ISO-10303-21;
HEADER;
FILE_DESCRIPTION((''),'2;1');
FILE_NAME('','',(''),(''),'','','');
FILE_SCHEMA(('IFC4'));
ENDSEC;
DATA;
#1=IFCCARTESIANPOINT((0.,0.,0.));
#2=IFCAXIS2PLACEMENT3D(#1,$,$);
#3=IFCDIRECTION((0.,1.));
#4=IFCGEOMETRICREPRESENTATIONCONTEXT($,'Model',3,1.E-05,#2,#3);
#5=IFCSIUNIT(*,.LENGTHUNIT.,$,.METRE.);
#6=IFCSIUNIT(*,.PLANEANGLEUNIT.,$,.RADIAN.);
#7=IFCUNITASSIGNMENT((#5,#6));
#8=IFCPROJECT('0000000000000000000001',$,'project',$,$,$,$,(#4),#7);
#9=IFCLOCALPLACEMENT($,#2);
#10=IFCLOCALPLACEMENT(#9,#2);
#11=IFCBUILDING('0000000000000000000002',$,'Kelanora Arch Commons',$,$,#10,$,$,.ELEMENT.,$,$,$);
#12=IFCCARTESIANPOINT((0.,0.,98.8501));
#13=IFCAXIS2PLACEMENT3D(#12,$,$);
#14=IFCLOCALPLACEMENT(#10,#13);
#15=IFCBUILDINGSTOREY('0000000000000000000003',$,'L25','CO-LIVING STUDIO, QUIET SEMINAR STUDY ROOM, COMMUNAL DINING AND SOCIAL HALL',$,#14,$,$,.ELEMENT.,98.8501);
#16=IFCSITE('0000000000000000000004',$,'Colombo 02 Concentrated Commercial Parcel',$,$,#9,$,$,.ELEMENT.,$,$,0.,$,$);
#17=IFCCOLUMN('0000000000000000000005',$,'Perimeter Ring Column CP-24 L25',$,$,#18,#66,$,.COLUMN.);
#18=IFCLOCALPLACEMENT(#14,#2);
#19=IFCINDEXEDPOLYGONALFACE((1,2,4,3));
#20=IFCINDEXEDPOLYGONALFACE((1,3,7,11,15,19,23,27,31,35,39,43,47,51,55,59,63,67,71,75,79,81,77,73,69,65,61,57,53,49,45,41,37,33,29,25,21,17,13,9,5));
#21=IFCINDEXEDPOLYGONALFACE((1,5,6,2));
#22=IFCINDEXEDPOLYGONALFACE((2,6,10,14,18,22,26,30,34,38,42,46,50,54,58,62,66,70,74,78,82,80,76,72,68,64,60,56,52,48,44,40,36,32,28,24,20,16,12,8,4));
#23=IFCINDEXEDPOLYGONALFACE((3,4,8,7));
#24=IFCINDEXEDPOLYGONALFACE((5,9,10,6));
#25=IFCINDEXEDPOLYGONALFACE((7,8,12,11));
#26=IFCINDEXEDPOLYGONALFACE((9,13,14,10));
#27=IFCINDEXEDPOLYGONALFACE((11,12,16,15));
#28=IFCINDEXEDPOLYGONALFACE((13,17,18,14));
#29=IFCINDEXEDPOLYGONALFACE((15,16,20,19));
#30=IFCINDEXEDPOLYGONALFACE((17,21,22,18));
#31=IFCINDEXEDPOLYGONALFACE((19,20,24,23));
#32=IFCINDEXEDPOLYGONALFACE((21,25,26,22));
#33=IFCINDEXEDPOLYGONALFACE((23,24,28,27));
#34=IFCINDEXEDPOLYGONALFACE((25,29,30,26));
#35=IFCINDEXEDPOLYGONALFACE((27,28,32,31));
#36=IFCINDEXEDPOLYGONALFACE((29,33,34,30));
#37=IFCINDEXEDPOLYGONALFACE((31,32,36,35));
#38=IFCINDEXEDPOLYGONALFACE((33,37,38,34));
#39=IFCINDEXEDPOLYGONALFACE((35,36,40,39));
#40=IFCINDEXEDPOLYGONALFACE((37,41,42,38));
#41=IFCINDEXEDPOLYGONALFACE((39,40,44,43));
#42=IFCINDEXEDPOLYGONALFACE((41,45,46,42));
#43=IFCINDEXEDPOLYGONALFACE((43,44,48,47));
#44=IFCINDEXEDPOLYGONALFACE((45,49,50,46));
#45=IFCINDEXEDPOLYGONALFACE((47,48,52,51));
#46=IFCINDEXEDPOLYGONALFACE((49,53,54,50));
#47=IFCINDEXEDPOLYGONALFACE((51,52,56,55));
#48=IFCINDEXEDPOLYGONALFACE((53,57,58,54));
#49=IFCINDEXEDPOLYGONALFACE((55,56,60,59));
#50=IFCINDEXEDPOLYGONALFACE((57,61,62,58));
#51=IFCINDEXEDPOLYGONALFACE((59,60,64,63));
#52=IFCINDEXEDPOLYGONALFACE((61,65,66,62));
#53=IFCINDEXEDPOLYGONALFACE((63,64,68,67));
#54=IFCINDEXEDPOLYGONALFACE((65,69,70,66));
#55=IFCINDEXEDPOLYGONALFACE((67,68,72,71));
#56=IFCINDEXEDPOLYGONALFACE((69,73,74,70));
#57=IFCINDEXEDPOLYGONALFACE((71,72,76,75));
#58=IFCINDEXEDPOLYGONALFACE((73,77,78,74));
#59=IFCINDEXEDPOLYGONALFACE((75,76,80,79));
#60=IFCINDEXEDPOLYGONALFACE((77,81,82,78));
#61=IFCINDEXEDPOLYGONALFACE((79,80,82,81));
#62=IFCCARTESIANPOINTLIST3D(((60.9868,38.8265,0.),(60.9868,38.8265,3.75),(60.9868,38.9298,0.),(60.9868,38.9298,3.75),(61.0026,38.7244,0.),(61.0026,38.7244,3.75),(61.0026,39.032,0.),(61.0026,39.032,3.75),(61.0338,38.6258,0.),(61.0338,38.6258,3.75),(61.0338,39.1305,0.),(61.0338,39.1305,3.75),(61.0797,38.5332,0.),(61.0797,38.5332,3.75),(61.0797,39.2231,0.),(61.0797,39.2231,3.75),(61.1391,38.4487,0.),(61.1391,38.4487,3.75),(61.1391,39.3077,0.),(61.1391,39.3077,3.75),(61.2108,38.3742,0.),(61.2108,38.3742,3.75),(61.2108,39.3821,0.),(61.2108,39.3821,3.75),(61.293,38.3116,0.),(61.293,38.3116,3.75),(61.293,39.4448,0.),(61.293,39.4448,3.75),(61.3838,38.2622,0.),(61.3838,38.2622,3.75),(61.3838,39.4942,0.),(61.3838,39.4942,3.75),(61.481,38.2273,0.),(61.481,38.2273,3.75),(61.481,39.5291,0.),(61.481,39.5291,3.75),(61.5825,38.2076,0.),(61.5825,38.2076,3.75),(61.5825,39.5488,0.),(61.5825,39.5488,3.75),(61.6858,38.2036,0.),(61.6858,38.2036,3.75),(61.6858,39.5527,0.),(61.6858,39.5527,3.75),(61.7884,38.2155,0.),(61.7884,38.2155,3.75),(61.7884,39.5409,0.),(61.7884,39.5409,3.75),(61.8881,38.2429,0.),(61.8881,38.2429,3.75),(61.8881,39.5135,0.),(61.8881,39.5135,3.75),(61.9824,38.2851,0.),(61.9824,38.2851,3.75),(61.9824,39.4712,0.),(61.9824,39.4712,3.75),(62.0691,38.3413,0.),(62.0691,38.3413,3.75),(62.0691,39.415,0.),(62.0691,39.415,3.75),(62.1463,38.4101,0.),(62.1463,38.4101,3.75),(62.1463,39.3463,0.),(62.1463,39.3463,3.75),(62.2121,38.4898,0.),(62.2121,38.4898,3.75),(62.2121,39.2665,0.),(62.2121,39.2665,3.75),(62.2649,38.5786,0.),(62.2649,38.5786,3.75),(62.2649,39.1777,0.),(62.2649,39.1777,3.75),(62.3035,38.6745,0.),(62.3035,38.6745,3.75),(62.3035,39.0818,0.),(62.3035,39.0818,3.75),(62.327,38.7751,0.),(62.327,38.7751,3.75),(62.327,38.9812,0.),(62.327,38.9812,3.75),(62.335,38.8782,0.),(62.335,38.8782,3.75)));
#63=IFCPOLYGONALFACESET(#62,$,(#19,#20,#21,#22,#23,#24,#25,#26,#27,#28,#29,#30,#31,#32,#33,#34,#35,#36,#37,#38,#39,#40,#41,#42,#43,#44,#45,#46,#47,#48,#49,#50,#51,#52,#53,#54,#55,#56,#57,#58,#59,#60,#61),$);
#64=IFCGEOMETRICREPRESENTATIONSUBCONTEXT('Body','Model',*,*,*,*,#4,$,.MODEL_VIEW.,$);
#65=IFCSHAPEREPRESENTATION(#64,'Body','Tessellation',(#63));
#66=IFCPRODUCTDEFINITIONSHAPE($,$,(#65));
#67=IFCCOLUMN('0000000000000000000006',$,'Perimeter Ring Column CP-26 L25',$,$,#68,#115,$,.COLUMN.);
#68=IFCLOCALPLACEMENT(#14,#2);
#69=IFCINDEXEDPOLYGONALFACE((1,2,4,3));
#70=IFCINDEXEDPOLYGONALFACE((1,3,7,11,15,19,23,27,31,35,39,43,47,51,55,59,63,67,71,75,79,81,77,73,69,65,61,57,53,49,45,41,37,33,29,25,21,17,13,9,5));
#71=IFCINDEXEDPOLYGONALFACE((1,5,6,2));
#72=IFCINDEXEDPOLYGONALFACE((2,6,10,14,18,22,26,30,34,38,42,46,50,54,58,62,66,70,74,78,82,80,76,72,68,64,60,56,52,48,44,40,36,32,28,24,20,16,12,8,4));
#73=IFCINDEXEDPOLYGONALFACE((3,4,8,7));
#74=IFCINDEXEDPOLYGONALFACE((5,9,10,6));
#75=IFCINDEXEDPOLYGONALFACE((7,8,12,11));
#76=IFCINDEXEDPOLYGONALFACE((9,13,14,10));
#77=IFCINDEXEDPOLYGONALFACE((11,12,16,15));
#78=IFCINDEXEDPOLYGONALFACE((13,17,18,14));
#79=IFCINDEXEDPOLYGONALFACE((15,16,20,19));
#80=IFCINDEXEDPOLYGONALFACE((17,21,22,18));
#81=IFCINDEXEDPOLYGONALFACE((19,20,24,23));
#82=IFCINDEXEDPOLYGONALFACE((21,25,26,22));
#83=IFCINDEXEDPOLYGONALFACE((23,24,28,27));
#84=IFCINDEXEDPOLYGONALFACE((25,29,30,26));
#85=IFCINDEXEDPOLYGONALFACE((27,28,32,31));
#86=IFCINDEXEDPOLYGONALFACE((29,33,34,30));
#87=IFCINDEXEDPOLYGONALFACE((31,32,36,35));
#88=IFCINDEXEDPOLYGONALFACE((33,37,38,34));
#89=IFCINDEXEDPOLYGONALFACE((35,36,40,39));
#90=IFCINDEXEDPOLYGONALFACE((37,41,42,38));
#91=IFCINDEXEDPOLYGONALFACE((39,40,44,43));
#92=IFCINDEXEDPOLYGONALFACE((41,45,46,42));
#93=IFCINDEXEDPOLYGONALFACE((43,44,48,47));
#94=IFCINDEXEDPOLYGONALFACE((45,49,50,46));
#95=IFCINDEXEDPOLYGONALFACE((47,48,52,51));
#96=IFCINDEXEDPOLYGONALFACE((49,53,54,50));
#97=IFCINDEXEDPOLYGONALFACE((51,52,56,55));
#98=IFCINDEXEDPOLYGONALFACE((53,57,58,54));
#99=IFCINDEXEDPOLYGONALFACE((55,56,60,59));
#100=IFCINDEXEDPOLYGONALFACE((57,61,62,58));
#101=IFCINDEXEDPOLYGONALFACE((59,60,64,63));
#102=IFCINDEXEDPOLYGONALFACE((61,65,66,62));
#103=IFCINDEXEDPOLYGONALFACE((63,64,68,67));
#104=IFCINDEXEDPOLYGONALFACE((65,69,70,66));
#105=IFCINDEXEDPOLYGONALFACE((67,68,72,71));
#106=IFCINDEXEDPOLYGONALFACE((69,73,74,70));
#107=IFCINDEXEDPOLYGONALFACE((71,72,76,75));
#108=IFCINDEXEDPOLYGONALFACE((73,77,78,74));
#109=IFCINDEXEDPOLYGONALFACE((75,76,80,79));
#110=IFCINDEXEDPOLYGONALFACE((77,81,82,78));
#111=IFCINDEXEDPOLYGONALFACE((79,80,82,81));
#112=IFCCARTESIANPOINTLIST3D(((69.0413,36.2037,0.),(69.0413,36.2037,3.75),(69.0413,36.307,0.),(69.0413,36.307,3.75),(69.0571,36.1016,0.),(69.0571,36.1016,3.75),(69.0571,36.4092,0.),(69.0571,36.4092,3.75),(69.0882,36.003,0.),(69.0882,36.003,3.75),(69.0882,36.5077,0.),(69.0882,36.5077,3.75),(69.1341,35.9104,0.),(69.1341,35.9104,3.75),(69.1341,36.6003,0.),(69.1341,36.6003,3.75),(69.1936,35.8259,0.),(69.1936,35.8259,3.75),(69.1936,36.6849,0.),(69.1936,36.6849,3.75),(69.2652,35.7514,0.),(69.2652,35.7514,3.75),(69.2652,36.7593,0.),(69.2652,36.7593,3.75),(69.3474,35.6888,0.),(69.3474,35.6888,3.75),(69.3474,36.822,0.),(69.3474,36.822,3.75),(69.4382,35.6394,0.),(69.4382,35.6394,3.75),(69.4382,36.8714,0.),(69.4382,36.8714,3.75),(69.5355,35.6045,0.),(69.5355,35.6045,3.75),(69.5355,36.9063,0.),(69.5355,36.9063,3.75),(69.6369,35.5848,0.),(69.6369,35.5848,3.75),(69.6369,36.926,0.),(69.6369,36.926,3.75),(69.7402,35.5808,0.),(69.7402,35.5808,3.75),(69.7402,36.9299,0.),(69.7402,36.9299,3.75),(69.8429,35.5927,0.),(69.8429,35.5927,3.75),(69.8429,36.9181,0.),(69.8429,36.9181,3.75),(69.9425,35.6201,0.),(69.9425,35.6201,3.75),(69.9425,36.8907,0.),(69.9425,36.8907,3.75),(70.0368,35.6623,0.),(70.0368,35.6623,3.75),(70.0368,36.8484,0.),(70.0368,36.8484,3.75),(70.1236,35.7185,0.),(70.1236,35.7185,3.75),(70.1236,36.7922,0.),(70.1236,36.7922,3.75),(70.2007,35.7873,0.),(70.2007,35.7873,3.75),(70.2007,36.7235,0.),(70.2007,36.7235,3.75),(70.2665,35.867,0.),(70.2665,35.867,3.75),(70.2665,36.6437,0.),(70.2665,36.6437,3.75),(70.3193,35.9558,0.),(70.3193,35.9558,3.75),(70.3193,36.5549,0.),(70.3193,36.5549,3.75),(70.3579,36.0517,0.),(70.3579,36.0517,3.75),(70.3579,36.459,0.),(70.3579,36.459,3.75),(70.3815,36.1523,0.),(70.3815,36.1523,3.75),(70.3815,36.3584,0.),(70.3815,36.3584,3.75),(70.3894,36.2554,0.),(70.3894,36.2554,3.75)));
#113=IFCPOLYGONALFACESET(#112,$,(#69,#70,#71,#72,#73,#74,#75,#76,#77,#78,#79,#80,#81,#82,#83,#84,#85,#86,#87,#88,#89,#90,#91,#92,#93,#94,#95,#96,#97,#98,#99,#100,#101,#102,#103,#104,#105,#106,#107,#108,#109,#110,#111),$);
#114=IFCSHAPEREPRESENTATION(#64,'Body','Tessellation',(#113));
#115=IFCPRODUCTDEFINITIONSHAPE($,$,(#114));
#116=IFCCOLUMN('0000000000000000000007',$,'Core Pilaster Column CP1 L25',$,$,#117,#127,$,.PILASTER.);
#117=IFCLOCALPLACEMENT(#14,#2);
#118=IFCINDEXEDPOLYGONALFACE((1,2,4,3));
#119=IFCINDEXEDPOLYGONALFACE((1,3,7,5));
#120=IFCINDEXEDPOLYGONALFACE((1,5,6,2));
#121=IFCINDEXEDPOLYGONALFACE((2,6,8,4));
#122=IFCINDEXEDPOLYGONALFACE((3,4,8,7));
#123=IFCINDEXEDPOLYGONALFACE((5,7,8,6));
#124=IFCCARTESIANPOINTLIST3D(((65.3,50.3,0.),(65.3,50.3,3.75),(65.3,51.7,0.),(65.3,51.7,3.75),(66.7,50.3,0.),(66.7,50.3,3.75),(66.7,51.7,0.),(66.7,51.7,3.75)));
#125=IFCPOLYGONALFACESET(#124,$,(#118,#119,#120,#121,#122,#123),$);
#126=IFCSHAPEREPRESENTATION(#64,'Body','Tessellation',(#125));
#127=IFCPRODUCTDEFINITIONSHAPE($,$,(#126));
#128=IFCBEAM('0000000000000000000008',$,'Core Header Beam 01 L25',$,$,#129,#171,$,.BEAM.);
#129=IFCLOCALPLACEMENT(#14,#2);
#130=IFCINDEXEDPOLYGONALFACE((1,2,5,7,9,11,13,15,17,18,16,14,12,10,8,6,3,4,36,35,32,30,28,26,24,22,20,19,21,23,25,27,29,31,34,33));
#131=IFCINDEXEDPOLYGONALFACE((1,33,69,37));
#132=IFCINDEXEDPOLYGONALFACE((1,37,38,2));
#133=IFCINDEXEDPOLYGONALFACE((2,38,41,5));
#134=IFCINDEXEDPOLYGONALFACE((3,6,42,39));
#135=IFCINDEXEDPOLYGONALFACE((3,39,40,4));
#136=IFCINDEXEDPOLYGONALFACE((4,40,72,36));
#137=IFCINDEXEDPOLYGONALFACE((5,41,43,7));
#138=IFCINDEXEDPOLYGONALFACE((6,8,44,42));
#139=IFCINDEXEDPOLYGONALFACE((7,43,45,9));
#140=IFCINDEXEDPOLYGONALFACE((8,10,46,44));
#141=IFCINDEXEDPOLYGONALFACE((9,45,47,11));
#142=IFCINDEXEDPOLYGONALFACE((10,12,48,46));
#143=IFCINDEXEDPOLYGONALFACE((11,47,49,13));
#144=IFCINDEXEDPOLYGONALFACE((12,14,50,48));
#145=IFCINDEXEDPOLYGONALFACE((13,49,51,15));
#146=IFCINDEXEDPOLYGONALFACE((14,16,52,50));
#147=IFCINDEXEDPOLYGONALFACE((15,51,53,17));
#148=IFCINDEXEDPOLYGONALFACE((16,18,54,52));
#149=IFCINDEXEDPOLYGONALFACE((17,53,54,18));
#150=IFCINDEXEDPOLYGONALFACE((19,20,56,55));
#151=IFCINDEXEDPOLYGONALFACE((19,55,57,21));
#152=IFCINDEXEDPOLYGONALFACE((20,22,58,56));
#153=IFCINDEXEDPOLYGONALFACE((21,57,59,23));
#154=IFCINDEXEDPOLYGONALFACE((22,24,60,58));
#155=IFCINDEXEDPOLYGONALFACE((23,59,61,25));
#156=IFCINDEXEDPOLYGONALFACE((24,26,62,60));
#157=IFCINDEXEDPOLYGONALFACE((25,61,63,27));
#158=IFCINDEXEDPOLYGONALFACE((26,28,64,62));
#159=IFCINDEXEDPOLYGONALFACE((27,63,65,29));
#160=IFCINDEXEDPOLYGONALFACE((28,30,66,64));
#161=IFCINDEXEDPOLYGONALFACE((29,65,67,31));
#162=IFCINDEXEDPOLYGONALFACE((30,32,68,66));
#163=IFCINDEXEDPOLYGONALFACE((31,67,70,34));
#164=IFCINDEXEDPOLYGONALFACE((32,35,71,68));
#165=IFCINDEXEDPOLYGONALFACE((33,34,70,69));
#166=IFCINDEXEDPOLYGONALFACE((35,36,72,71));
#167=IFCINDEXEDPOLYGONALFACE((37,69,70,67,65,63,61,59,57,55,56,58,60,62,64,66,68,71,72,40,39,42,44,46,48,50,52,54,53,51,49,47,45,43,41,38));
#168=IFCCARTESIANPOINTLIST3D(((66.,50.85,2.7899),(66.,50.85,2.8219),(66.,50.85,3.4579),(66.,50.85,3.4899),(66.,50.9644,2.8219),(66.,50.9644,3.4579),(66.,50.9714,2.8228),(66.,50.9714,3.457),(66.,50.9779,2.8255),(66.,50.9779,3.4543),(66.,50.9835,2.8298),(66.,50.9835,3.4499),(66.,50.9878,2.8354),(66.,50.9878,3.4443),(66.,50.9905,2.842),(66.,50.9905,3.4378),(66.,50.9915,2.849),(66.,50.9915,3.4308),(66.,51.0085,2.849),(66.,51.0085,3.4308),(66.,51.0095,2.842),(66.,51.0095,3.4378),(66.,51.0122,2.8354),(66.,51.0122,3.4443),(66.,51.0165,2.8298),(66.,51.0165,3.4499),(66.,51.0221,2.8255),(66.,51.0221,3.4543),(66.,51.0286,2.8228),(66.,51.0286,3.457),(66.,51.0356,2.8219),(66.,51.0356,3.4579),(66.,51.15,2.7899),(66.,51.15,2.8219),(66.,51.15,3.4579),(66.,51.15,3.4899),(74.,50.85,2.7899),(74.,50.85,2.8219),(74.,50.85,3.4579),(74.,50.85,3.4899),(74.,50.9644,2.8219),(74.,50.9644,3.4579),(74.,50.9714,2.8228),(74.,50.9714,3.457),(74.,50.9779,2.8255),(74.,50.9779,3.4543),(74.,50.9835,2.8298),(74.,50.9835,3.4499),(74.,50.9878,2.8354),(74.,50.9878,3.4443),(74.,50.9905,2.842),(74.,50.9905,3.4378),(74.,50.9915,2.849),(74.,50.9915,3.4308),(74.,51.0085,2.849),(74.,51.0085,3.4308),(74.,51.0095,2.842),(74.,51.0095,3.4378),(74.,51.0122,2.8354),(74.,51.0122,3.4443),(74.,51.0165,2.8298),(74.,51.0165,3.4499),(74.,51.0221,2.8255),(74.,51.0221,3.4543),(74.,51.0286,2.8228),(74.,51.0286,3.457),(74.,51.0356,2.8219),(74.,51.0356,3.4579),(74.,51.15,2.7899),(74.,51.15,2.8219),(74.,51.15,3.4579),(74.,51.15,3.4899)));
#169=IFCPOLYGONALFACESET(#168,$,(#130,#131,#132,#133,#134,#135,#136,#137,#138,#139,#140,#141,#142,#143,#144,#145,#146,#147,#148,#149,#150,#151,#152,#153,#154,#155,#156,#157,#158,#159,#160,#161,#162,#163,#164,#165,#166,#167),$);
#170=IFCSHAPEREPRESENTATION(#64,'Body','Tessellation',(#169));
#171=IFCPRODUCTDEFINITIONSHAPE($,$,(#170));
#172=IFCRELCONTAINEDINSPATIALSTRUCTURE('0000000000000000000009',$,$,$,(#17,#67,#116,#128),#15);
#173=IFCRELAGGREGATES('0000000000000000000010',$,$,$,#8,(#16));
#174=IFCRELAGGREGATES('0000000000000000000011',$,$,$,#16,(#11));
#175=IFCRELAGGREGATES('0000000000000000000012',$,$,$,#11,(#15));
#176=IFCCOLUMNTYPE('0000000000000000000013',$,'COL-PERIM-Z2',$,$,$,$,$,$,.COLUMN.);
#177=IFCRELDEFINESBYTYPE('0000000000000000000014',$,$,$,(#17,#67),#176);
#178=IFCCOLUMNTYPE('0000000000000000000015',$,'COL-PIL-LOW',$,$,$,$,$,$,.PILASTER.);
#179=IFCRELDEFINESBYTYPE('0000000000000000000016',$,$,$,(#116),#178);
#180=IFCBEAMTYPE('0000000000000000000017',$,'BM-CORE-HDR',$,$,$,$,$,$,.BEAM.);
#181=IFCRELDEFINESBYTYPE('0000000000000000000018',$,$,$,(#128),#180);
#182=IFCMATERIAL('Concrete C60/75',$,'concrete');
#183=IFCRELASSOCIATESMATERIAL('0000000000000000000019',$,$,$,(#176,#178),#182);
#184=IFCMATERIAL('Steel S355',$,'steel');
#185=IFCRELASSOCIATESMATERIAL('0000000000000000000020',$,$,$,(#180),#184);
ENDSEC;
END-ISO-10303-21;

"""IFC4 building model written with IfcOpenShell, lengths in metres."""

from ifc_helpers import new_model, si_unit, direction, frame, origin, origin_2d, place, context, subcontext, project, spatial, rectangle, circle, i_section, extrude, material, material_profile, profile_set, type_object, element, save


model = new_model("IFC4")

# Units and contexts
model_context = context("Model", 3, precision=1e-05, world=origin(), true_north=direction((0.0, 1.0)))
body_context = subcontext(model_context, "Body", "Model", "MODEL_VIEW")
ifc_project = project(units=[si_unit("LENGTHUNIT", "METRE"), si_unit("PLANEANGLEUNIT", "RADIAN")], contexts=[model_context])

# Site, building, storey
site_placement = place(None, origin())
site = spatial("IfcSite", under=ifc_project, at=site_placement, Name="Colombo 02 Concentrated Commercial Parcel", CompositionType="ELEMENT", RefElevation=0.0)
building_placement = place(site_placement, origin())
building = spatial("IfcBuilding", under=site, at=building_placement, Name="Kelanora Arch Commons", CompositionType="ELEMENT")
storey_placement = place(building_placement, frame((0.0, 0.0, 98.8501)))
storey = spatial("IfcBuildingStorey", under=building, at=storey_placement, Name="L25", Description="CO-LIVING STUDIO, QUIET SEMINAR STUDY ROOM, COMMUNAL DINING AND SOCIAL HALL", CompositionType="ELEMENT", Elevation=98.8501)

# Columns
ifc_material_1 = material(Name="Concrete C60/75", Category="concrete")
ifc_material_profile_1 = material_profile(ifc_material_1, circle(Radius=0.675, at=origin_2d()), Name="RCC1350")
ifc_profile_set_1 = profile_set([ifc_material_profile_1], Name="Concrete C60/75")
column_type_1 = type_object("IfcColumnType", Name="COL-PERIM-Z2", PredefinedType="COLUMN", material=ifc_profile_set_1)
for number, where, z_axis, x_axis, name in (
    (1, (61.6599, 38.8782, 0.0), (0.0, 0.0, 1.0), (1.0, 0.0, 0.0), "Perimeter Ring Column CP-24 L25"),
    (2, (69.7144, 36.2554, 0.0), (0.0, 0.0, 1.0), (1.0, 0.0, 0.0), "Perimeter Ring Column CP-26 L25"),
):
    element("IfcColumn", number, at=place(storey_placement, frame(where, z_axis=z_axis, x_axis=x_axis)), inside=storey, type_object=column_type_1, Name=name, PredefinedType="COLUMN", context=body_context, shape_type="SweptSolid", body=[
        extrude(circle(Radius=0.675, at=origin_2d()), origin(), (0.0, 0.0, 1.0), 3.75),
    ])
ifc_material_profile_2 = material_profile(ifc_material_1, rectangle(XDim=1.3999, YDim=1.3999, at=origin_2d()), Name="RC1400x1400")
ifc_profile_set_2 = profile_set([ifc_material_profile_2], Name="Concrete C60/75")
column_type_2 = type_object("IfcColumnType", Name="COL-PIL-LOW", PredefinedType="PILASTER", material=ifc_profile_set_2)
column_placement = place(storey_placement, frame((66.0, 51.0, 0.0), z_axis=(0.0, 0.0, 1.0), x_axis=(1.0, 0.0, 0.0)))
element("IfcColumn", 3, at=column_placement, inside=storey, type_object=column_type_2, Name="Core Pilaster Column CP1 L25", PredefinedType="PILASTER", context=body_context, shape_type="SweptSolid", body=[
    extrude(rectangle(XDim=1.3999, YDim=1.3999, at=origin_2d()), origin(), (0.0, 0.0, 1.0), 3.75),
])

# Beam
ifc_material_2 = material(Name="Steel S355", Category="steel")
ifc_material_profile_3 = material_profile(ifc_material_2, i_section(OverallWidth=0.3, OverallDepth=0.7, WebThickness=0.0171, FlangeThickness=0.032, FilletRadius=0.0271, at=origin_2d()), Name="HEB700")
ifc_profile_set_3 = profile_set([ifc_material_profile_3], Name="Steel S355")
beam_type_1 = type_object("IfcBeamType", Name="BM-CORE-HDR", PredefinedType="BEAM", material=ifc_profile_set_3)
beam_1_placement = place(storey_placement, frame((66.0, 51.0, 3.1399), z_axis=(1.0, 0.0, 0.0), x_axis=(0.0, 1.0, 0.0)))
element("IfcBeam", 4, at=beam_1_placement, inside=storey, type_object=beam_type_1, Name="Core Header Beam 01 L25", PredefinedType="BEAM", context=body_context, shape_type="SweptSolid", body=[
    extrude(i_section(OverallWidth=0.3, OverallDepth=0.7, WebThickness=0.0171, FlangeThickness=0.032, FilletRadius=0.0271, at=origin_2d()), origin(), (0.0, 0.0, 1.0), 8.0),
])

save(model, "model.ifc")
